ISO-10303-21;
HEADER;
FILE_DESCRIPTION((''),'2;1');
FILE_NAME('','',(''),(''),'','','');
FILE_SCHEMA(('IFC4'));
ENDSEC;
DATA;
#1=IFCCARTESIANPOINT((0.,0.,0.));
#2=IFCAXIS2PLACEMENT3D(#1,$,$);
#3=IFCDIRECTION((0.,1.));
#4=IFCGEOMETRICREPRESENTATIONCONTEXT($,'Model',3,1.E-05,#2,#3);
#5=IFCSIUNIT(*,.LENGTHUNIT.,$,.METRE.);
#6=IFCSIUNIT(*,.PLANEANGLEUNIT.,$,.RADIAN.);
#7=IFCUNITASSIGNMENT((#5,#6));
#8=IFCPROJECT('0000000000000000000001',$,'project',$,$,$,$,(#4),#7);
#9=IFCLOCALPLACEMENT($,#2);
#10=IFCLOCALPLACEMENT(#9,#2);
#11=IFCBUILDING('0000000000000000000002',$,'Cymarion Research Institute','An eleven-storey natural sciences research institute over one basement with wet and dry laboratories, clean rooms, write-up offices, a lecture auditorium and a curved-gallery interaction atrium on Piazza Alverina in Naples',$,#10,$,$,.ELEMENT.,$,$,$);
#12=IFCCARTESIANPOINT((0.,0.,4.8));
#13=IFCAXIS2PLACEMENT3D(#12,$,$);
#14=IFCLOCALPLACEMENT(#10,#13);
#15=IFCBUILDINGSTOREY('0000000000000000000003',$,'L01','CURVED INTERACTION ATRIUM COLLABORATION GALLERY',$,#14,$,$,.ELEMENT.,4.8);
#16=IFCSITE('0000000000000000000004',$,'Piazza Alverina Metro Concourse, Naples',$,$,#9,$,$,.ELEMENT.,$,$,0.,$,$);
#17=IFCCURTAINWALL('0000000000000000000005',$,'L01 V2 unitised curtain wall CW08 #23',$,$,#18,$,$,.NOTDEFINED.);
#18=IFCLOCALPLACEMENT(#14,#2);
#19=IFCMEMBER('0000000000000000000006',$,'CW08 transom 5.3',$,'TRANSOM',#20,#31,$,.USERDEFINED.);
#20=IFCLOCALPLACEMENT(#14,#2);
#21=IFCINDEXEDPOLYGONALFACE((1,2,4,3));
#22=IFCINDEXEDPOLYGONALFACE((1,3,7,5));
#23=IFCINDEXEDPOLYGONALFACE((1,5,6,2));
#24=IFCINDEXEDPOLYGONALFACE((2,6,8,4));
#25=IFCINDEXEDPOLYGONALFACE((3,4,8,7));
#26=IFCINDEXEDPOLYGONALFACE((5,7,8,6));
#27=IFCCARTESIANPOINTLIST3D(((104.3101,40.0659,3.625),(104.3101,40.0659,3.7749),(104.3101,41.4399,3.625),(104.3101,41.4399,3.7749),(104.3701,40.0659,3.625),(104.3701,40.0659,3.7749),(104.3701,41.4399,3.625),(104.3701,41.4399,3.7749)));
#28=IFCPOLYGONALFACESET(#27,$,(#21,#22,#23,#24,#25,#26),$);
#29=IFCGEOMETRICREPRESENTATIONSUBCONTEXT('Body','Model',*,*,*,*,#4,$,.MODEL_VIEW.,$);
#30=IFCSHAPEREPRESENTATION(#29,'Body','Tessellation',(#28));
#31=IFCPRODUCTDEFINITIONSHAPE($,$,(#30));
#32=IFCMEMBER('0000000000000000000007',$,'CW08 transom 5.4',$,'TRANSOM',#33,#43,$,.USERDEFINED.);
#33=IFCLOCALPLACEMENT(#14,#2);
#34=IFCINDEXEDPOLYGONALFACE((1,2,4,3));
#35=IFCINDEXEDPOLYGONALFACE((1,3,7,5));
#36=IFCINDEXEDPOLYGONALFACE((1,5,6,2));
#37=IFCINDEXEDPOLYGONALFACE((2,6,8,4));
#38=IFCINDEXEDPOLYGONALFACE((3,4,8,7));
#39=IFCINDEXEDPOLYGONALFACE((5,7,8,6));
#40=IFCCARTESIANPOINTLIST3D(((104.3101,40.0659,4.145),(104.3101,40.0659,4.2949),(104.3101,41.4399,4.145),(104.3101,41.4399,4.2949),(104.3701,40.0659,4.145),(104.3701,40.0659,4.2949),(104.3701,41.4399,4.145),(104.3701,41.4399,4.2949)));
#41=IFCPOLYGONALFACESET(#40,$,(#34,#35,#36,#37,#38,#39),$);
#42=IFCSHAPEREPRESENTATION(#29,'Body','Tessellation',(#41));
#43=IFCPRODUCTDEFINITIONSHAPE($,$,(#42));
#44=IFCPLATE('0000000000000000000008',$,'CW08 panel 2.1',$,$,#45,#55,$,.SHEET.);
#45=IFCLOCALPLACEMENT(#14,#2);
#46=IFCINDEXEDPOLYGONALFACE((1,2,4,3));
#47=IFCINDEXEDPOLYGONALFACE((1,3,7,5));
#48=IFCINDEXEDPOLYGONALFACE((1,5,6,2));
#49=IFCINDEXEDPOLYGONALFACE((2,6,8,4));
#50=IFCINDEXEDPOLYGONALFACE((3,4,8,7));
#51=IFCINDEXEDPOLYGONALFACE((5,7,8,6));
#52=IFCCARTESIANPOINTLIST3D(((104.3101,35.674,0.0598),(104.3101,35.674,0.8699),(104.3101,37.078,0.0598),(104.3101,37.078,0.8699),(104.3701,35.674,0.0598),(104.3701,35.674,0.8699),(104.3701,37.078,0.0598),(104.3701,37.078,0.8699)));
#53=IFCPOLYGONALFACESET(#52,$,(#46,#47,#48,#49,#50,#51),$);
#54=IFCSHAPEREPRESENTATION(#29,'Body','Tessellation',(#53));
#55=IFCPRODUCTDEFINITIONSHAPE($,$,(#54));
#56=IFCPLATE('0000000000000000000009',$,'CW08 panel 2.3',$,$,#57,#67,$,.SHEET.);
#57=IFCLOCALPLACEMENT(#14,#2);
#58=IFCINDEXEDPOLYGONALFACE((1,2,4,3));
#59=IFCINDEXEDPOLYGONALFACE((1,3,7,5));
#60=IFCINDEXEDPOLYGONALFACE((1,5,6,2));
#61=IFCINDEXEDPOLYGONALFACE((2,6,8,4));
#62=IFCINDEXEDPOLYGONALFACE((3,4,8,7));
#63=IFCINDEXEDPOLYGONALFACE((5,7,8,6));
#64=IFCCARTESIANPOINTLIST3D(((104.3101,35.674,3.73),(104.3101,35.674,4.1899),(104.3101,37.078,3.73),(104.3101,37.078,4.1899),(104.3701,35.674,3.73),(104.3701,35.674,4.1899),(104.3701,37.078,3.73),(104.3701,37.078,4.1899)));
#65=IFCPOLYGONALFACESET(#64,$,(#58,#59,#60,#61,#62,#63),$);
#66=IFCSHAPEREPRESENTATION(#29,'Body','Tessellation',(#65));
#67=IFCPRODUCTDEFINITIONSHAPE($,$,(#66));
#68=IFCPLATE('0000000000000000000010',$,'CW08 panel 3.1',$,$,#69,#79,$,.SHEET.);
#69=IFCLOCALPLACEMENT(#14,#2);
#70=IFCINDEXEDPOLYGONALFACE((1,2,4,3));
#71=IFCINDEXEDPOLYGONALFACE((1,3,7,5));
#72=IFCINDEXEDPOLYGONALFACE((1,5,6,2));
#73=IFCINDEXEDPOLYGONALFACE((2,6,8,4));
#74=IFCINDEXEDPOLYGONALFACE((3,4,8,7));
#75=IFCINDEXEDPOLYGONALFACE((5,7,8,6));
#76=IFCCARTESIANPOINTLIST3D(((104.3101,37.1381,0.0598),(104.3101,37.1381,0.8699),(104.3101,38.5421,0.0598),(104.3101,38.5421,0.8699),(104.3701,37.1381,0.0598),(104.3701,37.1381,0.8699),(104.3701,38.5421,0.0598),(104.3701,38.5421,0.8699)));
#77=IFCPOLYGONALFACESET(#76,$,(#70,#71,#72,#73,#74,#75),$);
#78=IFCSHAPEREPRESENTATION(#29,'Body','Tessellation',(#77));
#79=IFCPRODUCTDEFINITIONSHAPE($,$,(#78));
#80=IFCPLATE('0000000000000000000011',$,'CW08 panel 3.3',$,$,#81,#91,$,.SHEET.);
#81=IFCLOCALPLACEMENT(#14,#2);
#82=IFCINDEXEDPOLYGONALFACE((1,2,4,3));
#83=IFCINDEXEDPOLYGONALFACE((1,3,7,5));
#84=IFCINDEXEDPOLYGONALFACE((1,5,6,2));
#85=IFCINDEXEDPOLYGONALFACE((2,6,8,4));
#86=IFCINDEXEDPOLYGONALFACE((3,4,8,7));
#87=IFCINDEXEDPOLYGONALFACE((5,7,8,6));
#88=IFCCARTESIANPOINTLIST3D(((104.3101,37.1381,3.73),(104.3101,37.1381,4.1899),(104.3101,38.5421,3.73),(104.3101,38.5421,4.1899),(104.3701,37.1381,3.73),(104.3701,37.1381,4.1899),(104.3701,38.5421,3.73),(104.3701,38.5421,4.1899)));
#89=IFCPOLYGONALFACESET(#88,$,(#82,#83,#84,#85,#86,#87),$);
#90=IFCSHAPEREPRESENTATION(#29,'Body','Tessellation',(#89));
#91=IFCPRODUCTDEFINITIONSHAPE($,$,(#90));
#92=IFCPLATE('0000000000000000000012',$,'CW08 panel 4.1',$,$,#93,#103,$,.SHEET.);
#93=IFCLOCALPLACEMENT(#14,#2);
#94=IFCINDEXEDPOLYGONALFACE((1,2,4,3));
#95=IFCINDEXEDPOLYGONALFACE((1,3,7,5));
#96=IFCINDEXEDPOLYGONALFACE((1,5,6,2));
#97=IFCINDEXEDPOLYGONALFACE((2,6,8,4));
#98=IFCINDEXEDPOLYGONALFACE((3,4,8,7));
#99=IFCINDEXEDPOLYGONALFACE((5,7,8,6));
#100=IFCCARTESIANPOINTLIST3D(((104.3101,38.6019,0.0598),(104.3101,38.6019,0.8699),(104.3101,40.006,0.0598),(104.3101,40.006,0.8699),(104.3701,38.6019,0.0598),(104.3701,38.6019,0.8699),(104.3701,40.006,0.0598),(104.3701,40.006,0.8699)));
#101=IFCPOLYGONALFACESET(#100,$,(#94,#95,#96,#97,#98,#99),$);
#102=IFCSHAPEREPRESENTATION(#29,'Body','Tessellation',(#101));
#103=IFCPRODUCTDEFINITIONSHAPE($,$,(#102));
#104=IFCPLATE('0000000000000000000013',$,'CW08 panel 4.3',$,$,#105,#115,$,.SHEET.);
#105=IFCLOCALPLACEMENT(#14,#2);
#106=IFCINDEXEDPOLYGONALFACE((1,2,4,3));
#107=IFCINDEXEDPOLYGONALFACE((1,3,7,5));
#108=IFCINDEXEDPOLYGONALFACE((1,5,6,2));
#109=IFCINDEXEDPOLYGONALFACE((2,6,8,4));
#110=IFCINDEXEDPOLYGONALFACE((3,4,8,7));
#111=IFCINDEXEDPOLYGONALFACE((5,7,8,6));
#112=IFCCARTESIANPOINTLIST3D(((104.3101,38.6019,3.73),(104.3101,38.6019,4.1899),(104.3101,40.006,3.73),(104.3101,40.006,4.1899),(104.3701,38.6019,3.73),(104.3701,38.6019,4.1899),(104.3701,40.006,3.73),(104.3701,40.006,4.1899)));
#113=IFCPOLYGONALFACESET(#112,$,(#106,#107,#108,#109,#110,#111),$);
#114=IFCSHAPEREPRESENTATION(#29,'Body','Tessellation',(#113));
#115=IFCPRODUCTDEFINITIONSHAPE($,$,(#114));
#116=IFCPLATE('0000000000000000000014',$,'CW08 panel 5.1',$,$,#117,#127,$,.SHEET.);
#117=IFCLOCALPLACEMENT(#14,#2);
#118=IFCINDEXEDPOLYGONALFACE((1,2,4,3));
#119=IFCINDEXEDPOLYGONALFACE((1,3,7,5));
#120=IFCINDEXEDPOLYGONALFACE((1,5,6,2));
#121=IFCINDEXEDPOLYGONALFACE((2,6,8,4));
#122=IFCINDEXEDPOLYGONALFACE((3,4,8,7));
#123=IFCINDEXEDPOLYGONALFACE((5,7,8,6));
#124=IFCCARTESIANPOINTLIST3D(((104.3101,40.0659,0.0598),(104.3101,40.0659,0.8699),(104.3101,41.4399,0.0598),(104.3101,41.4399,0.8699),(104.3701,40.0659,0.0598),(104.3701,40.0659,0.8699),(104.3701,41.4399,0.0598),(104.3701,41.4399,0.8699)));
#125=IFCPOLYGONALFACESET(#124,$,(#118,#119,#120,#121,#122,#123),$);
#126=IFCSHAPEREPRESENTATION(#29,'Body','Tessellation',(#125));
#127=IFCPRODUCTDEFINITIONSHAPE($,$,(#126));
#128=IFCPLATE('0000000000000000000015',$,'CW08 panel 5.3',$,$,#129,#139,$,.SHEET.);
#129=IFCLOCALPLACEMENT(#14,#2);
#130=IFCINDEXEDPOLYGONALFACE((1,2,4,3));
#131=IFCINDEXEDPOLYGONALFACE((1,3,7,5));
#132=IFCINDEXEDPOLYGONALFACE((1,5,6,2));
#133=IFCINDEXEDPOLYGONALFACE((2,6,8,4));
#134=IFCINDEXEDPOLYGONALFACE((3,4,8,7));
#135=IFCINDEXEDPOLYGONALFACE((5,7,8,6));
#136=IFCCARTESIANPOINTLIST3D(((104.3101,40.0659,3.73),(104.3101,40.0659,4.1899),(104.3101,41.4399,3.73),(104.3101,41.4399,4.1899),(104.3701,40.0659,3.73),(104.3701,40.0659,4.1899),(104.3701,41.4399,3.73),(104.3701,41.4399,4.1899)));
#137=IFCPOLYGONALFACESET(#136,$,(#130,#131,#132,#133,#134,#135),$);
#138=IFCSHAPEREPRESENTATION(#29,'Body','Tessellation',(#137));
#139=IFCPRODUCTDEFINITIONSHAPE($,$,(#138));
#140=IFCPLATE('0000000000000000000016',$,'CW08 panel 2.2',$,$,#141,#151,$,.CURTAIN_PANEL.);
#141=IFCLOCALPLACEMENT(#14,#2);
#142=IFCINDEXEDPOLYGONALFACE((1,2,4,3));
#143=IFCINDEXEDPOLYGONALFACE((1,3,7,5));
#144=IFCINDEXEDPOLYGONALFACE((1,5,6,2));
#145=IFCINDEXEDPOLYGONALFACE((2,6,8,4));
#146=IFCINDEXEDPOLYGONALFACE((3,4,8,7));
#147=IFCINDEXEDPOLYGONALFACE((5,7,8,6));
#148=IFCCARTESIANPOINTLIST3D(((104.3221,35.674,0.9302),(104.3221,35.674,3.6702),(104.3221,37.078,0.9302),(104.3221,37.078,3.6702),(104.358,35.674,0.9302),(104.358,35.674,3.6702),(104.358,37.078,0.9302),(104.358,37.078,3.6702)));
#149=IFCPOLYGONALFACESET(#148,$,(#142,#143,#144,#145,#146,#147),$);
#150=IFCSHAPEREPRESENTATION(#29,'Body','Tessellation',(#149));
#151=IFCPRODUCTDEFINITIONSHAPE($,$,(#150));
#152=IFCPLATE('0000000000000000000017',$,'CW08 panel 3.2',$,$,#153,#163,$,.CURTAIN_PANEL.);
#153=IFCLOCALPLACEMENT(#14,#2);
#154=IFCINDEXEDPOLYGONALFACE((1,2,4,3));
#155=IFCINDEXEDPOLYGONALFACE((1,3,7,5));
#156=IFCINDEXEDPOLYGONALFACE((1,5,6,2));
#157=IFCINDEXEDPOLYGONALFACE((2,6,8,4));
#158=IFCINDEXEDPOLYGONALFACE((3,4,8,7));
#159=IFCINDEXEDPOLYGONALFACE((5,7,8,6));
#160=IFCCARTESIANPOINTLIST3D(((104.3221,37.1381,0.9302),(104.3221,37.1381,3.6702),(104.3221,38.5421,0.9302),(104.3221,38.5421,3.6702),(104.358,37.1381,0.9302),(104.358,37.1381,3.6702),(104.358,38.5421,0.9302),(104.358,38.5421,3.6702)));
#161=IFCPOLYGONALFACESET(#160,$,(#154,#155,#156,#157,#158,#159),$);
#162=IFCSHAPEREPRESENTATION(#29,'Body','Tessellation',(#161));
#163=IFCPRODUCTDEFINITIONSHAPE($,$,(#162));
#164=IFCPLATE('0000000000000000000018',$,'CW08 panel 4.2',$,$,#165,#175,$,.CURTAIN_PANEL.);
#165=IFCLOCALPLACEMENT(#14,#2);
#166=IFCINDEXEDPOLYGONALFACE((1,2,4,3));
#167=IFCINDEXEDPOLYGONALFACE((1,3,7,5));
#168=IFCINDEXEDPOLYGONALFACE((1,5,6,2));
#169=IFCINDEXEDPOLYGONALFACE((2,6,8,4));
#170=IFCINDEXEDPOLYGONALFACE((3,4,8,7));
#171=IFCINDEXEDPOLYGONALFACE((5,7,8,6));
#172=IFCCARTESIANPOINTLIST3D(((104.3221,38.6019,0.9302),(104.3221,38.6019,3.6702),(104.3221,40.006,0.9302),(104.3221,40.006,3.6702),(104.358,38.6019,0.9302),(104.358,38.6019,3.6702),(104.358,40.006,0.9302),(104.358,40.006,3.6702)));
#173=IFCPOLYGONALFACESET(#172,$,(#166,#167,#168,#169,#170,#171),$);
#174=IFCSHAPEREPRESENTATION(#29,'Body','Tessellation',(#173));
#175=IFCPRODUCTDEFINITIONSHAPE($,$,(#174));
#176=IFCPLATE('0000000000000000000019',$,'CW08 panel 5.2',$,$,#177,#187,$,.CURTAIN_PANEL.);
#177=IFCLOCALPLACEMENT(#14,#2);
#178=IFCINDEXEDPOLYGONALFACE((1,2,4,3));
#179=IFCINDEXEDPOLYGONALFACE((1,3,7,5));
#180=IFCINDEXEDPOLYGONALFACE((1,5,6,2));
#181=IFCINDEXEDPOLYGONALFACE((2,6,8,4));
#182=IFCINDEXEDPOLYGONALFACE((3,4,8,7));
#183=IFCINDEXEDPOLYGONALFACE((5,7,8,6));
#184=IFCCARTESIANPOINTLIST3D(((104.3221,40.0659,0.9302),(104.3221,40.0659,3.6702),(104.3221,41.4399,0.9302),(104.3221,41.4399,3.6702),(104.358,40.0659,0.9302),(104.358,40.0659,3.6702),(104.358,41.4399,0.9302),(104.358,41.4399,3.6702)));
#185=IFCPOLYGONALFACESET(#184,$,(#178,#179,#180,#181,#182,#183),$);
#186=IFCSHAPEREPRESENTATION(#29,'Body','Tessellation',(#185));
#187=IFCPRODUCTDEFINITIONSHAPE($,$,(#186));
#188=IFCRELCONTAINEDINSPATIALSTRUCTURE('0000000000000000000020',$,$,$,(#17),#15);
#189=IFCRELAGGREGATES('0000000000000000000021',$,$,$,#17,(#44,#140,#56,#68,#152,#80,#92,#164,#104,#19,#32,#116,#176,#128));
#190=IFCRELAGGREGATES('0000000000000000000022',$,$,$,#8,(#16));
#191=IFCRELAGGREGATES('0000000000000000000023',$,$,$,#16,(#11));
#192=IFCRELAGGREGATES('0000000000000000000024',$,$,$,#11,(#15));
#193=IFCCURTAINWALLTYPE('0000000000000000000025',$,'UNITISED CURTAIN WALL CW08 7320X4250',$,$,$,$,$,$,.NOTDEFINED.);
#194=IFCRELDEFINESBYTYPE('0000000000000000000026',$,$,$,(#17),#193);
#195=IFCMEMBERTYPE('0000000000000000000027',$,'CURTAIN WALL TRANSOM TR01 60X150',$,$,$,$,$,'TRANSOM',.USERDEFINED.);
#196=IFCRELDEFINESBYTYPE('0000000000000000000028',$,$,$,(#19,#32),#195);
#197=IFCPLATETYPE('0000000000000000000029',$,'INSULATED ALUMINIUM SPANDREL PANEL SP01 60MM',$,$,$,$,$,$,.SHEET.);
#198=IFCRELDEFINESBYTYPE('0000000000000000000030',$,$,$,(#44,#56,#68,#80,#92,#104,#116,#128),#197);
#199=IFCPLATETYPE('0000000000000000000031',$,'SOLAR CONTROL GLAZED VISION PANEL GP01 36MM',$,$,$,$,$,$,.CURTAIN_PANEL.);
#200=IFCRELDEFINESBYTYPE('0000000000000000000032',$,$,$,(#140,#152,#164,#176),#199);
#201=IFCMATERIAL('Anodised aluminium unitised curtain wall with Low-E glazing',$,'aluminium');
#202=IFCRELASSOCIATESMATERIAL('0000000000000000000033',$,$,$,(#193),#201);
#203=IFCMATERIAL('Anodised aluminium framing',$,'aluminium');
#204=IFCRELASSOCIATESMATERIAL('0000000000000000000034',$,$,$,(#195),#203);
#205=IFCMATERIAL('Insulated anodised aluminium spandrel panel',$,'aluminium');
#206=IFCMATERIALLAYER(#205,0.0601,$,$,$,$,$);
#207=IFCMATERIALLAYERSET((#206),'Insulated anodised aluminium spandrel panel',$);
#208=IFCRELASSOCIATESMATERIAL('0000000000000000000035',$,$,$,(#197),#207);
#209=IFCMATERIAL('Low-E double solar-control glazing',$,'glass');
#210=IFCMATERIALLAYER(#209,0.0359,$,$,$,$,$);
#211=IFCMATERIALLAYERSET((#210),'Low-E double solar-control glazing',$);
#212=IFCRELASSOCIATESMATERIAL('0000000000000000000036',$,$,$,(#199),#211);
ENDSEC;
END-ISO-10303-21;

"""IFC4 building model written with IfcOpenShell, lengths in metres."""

from ifc_helpers import new_model, si_unit, direction, frame, origin, origin_2d, place, context, subcontext, project, spatial, rectangle, extrude, material, layer, layer_set, material_profile, profile_set, type_object, element, aggregate, save


model = new_model("IFC4")

# Units and contexts
model_context = context("Model", 3, precision=1e-05, world=origin(), true_north=direction((0.0, 1.0)))
body_context = subcontext(model_context, "Body", "Model", "MODEL_VIEW")
ifc_project = project(units=[si_unit("LENGTHUNIT", "METRE"), si_unit("PLANEANGLEUNIT", "RADIAN")], contexts=[model_context])

# Site, building, storey
site_placement = place(None, origin())
site = spatial("IfcSite", under=ifc_project, at=site_placement, Name="Piazza Alverina Metro Concourse, Naples", CompositionType="ELEMENT", RefElevation=0.0)
building_placement = place(site_placement, origin())
building = spatial("IfcBuilding", under=site, at=building_placement, Name="Cymarion Research Institute", Description="An eleven-storey natural sciences research institute over one basement with wet and dry laboratories, clean rooms, write-up offices, a lecture auditorium and a curved-gallery interaction atrium on Piazza Alverina in Naples", CompositionType="ELEMENT")
storey_placement = place(building_placement, frame((0.0, 0.0, 4.8)))
storey = spatial("IfcBuildingStorey", under=building, at=storey_placement, Name="L01", Description="CURVED INTERACTION ATRIUM COLLABORATION GALLERY", CompositionType="ELEMENT", Elevation=4.8)

# Curtain wall, members, plates
ifc_material_1 = material(Name="Anodised aluminium unitised curtain wall with Low-E glazing", Category="aluminium")
curtain_wall_type = type_object("IfcCurtainWallType", Name="UNITISED CURTAIN WALL CW08 7320X4250", PredefinedType="NOTDEFINED", material=ifc_material_1)
curtain_wall_placement = place(storey_placement, origin())
curtain_wall = element("IfcCurtainWall", 1, at=curtain_wall_placement, inside=storey, type_object=curtain_wall_type, Name="L01 V2 unitised curtain wall CW08 #23", PredefinedType="NOTDEFINED")
ifc_material_2 = material(Name="Anodised aluminium framing", Category="aluminium")
ifc_material_profile_1 = material_profile(ifc_material_2, rectangle(XDim=0.0601, YDim=0.1499, at=origin_2d()), Name="ALU TRANSOM 60x150")
ifc_profile_set_1 = profile_set([ifc_material_profile_1], Name="Anodised aluminium framing")
member_type_1 = type_object("IfcMemberType", Name="CURTAIN WALL TRANSOM TR01 60X150", ElementType="TRANSOM", PredefinedType="USERDEFINED", material=ifc_profile_set_1)
member_1_placement = place(storey_placement, frame((104.3401, 40.0659, 3.7), z_axis=(0.0, 1.0, 0.0), x_axis=(-1.0, 0.0, 0.0)))
member_1 = element("IfcMember", 2, at=member_1_placement, type_object=member_type_1, Name="CW08 transom 5.3", ObjectType="TRANSOM", PredefinedType="USERDEFINED", context=body_context, shape_type="SweptSolid", body=[
    extrude(rectangle(XDim=0.0601, YDim=0.1499, at=origin_2d()), origin(), (0.0, 0.0, 1.0), 1.374),
])
member_2_placement = place(storey_placement, frame((104.3401, 40.0659, 4.22), z_axis=(0.0, 1.0, 0.0), x_axis=(-1.0, 0.0, 0.0)))
member_2 = element("IfcMember", 3, at=member_2_placement, type_object=member_type_1, Name="CW08 transom 5.4", ObjectType="TRANSOM", PredefinedType="USERDEFINED", context=body_context, shape_type="SweptSolid", body=[
    extrude(rectangle(XDim=0.0601, YDim=0.1499, at=origin_2d()), origin(), (0.0, 0.0, 1.0), 1.374),
])
ifc_material_3 = material(Name="Insulated anodised aluminium spandrel panel", Category="aluminium")
ifc_layer_1 = layer(ifc_material_3, 0.0601)
ifc_layer_set_1 = layer_set([ifc_layer_1], Name="Insulated anodised aluminium spandrel panel")
plate_type_1 = type_object("IfcPlateType", Name="INSULATED ALUMINIUM SPANDREL PANEL SP01 60MM", PredefinedType="SHEET", material=ifc_layer_set_1)
plate_1_placement = place(storey_placement, frame((104.3401, 36.376, 0.0598), z_axis=(0.0, 0.0, 1.0), x_axis=(0.0, 1.0, 0.0)))
plate_1 = element("IfcPlate", 4, at=plate_1_placement, type_object=plate_type_1, Name="CW08 panel 2.1", PredefinedType="SHEET", context=body_context, shape_type="SweptSolid", body=[
    extrude(rectangle(XDim=1.4041, YDim=0.0601, at=origin_2d()), origin(), (0.0, 0.0, 1.0), 0.8101),
])
plate_2_placement = place(storey_placement, frame((104.3401, 36.376, 3.73), z_axis=(0.0, 0.0, 1.0), x_axis=(0.0, 1.0, 0.0)))
plate_2 = element("IfcPlate", 5, at=plate_2_placement, type_object=plate_type_1, Name="CW08 panel 2.3", PredefinedType="SHEET", context=body_context, shape_type="SweptSolid", body=[
    extrude(rectangle(XDim=1.4041, YDim=0.0601, at=origin_2d()), origin(), (0.0, 0.0, 1.0), 0.46),
])
plate_3_placement = place(storey_placement, frame((104.3401, 37.8401, 0.0598), z_axis=(0.0, 0.0, 1.0), x_axis=(0.0, 1.0, 0.0)))
plate_3 = element("IfcPlate", 6, at=plate_3_placement, type_object=plate_type_1, Name="CW08 panel 3.1", PredefinedType="SHEET", context=body_context, shape_type="SweptSolid", body=[
    extrude(rectangle(XDim=1.4041, YDim=0.0601, at=origin_2d()), origin(), (0.0, 0.0, 1.0), 0.8101),
])
plate_4_placement = place(storey_placement, frame((104.3401, 37.8401, 3.73), z_axis=(0.0, 0.0, 1.0), x_axis=(0.0, 1.0, 0.0)))
plate_4 = element("IfcPlate", 7, at=plate_4_placement, type_object=plate_type_1, Name="CW08 panel 3.3", PredefinedType="SHEET", context=body_context, shape_type="SweptSolid", body=[
    extrude(rectangle(XDim=1.4041, YDim=0.0601, at=origin_2d()), origin(), (0.0, 0.0, 1.0), 0.46),
])
plate_5_placement = place(storey_placement, frame((104.3401, 39.304, 0.0598), z_axis=(0.0, 0.0, 1.0), x_axis=(0.0, 1.0, 0.0)))
plate_5 = element("IfcPlate", 8, at=plate_5_placement, type_object=plate_type_1, Name="CW08 panel 4.1", PredefinedType="SHEET", context=body_context, shape_type="SweptSolid", body=[
    extrude(rectangle(XDim=1.4041, YDim=0.0601, at=origin_2d()), origin(), (0.0, 0.0, 1.0), 0.8101),
])
plate_6_placement = place(storey_placement, frame((104.3401, 39.304, 3.73), z_axis=(0.0, 0.0, 1.0), x_axis=(0.0, 1.0, 0.0)))
plate_6 = element("IfcPlate", 9, at=plate_6_placement, type_object=plate_type_1, Name="CW08 panel 4.3", PredefinedType="SHEET", context=body_context, shape_type="SweptSolid", body=[
    extrude(rectangle(XDim=1.4041, YDim=0.0601, at=origin_2d()), origin(), (0.0, 0.0, 1.0), 0.46),
])
plate_7_placement = place(storey_placement, frame((104.3401, 40.7529, 0.0598), z_axis=(0.0, 0.0, 1.0), x_axis=(0.0, 1.0, 0.0)))
plate_7 = element("IfcPlate", 10, at=plate_7_placement, type_object=plate_type_1, Name="CW08 panel 5.1", PredefinedType="SHEET", context=body_context, shape_type="SweptSolid", body=[
    extrude(rectangle(XDim=1.374, YDim=0.0601, at=origin_2d()), origin(), (0.0, 0.0, 1.0), 0.8101),
])
plate_8_placement = place(storey_placement, frame((104.3401, 40.7529, 3.73), z_axis=(0.0, 0.0, 1.0), x_axis=(0.0, 1.0, 0.0)))
plate_8 = element("IfcPlate", 11, at=plate_8_placement, type_object=plate_type_1, Name="CW08 panel 5.3", PredefinedType="SHEET", context=body_context, shape_type="SweptSolid", body=[
    extrude(rectangle(XDim=1.374, YDim=0.0601, at=origin_2d()), origin(), (0.0, 0.0, 1.0), 0.46),
])
ifc_material_4 = material(Name="Low-E double solar-control glazing", Category="glass")
ifc_layer_2 = layer(ifc_material_4, 0.0359)
ifc_layer_set_2 = layer_set([ifc_layer_2], Name="Low-E double solar-control glazing")
plate_type_2 = type_object("IfcPlateType", Name="SOLAR CONTROL GLAZED VISION PANEL GP01 36MM", PredefinedType="CURTAIN_PANEL", material=ifc_layer_set_2)
plate_9_placement = place(storey_placement, frame((104.3401, 36.376, 0.9302), z_axis=(0.0, 0.0, 1.0), x_axis=(0.0, 1.0, 0.0)))
plate_9 = element("IfcPlate", 12, at=plate_9_placement, type_object=plate_type_2, Name="CW08 panel 2.2", PredefinedType="CURTAIN_PANEL", context=body_context, shape_type="SweptSolid", body=[
    extrude(rectangle(XDim=1.4041, YDim=0.0359, at=origin_2d()), origin(), (0.0, 0.0, 1.0), 2.74),
])
plate_10_placement = place(storey_placement, frame((104.3401, 37.8401, 0.9302), z_axis=(0.0, 0.0, 1.0), x_axis=(0.0, 1.0, 0.0)))
plate_10 = element("IfcPlate", 13, at=plate_10_placement, type_object=plate_type_2, Name="CW08 panel 3.2", PredefinedType="CURTAIN_PANEL", context=body_context, shape_type="SweptSolid", body=[
    extrude(rectangle(XDim=1.4041, YDim=0.0359, at=origin_2d()), origin(), (0.0, 0.0, 1.0), 2.74),
])
plate_11_placement = place(storey_placement, frame((104.3401, 39.304, 0.9302), z_axis=(0.0, 0.0, 1.0), x_axis=(0.0, 1.0, 0.0)))
plate_11 = element("IfcPlate", 14, at=plate_11_placement, type_object=plate_type_2, Name="CW08 panel 4.2", PredefinedType="CURTAIN_PANEL", context=body_context, shape_type="SweptSolid", body=[
    extrude(rectangle(XDim=1.4041, YDim=0.0359, at=origin_2d()), origin(), (0.0, 0.0, 1.0), 2.74),
])
plate_12_placement = place(storey_placement, frame((104.3401, 40.7529, 0.9302), z_axis=(0.0, 0.0, 1.0), x_axis=(0.0, 1.0, 0.0)))
plate_12 = element("IfcPlate", 15, at=plate_12_placement, type_object=plate_type_2, Name="CW08 panel 5.2", PredefinedType="CURTAIN_PANEL", context=body_context, shape_type="SweptSolid", body=[
    extrude(rectangle(XDim=1.374, YDim=0.0359, at=origin_2d()), origin(), (0.0, 0.0, 1.0), 2.74),
])
aggregate(curtain_wall, [plate_1, plate_9, plate_2, plate_3, plate_10, plate_4, plate_5, plate_11, plate_6, member_1, member_2, plate_7, plate_12, plate_8])

save(model, "model.ifc")
